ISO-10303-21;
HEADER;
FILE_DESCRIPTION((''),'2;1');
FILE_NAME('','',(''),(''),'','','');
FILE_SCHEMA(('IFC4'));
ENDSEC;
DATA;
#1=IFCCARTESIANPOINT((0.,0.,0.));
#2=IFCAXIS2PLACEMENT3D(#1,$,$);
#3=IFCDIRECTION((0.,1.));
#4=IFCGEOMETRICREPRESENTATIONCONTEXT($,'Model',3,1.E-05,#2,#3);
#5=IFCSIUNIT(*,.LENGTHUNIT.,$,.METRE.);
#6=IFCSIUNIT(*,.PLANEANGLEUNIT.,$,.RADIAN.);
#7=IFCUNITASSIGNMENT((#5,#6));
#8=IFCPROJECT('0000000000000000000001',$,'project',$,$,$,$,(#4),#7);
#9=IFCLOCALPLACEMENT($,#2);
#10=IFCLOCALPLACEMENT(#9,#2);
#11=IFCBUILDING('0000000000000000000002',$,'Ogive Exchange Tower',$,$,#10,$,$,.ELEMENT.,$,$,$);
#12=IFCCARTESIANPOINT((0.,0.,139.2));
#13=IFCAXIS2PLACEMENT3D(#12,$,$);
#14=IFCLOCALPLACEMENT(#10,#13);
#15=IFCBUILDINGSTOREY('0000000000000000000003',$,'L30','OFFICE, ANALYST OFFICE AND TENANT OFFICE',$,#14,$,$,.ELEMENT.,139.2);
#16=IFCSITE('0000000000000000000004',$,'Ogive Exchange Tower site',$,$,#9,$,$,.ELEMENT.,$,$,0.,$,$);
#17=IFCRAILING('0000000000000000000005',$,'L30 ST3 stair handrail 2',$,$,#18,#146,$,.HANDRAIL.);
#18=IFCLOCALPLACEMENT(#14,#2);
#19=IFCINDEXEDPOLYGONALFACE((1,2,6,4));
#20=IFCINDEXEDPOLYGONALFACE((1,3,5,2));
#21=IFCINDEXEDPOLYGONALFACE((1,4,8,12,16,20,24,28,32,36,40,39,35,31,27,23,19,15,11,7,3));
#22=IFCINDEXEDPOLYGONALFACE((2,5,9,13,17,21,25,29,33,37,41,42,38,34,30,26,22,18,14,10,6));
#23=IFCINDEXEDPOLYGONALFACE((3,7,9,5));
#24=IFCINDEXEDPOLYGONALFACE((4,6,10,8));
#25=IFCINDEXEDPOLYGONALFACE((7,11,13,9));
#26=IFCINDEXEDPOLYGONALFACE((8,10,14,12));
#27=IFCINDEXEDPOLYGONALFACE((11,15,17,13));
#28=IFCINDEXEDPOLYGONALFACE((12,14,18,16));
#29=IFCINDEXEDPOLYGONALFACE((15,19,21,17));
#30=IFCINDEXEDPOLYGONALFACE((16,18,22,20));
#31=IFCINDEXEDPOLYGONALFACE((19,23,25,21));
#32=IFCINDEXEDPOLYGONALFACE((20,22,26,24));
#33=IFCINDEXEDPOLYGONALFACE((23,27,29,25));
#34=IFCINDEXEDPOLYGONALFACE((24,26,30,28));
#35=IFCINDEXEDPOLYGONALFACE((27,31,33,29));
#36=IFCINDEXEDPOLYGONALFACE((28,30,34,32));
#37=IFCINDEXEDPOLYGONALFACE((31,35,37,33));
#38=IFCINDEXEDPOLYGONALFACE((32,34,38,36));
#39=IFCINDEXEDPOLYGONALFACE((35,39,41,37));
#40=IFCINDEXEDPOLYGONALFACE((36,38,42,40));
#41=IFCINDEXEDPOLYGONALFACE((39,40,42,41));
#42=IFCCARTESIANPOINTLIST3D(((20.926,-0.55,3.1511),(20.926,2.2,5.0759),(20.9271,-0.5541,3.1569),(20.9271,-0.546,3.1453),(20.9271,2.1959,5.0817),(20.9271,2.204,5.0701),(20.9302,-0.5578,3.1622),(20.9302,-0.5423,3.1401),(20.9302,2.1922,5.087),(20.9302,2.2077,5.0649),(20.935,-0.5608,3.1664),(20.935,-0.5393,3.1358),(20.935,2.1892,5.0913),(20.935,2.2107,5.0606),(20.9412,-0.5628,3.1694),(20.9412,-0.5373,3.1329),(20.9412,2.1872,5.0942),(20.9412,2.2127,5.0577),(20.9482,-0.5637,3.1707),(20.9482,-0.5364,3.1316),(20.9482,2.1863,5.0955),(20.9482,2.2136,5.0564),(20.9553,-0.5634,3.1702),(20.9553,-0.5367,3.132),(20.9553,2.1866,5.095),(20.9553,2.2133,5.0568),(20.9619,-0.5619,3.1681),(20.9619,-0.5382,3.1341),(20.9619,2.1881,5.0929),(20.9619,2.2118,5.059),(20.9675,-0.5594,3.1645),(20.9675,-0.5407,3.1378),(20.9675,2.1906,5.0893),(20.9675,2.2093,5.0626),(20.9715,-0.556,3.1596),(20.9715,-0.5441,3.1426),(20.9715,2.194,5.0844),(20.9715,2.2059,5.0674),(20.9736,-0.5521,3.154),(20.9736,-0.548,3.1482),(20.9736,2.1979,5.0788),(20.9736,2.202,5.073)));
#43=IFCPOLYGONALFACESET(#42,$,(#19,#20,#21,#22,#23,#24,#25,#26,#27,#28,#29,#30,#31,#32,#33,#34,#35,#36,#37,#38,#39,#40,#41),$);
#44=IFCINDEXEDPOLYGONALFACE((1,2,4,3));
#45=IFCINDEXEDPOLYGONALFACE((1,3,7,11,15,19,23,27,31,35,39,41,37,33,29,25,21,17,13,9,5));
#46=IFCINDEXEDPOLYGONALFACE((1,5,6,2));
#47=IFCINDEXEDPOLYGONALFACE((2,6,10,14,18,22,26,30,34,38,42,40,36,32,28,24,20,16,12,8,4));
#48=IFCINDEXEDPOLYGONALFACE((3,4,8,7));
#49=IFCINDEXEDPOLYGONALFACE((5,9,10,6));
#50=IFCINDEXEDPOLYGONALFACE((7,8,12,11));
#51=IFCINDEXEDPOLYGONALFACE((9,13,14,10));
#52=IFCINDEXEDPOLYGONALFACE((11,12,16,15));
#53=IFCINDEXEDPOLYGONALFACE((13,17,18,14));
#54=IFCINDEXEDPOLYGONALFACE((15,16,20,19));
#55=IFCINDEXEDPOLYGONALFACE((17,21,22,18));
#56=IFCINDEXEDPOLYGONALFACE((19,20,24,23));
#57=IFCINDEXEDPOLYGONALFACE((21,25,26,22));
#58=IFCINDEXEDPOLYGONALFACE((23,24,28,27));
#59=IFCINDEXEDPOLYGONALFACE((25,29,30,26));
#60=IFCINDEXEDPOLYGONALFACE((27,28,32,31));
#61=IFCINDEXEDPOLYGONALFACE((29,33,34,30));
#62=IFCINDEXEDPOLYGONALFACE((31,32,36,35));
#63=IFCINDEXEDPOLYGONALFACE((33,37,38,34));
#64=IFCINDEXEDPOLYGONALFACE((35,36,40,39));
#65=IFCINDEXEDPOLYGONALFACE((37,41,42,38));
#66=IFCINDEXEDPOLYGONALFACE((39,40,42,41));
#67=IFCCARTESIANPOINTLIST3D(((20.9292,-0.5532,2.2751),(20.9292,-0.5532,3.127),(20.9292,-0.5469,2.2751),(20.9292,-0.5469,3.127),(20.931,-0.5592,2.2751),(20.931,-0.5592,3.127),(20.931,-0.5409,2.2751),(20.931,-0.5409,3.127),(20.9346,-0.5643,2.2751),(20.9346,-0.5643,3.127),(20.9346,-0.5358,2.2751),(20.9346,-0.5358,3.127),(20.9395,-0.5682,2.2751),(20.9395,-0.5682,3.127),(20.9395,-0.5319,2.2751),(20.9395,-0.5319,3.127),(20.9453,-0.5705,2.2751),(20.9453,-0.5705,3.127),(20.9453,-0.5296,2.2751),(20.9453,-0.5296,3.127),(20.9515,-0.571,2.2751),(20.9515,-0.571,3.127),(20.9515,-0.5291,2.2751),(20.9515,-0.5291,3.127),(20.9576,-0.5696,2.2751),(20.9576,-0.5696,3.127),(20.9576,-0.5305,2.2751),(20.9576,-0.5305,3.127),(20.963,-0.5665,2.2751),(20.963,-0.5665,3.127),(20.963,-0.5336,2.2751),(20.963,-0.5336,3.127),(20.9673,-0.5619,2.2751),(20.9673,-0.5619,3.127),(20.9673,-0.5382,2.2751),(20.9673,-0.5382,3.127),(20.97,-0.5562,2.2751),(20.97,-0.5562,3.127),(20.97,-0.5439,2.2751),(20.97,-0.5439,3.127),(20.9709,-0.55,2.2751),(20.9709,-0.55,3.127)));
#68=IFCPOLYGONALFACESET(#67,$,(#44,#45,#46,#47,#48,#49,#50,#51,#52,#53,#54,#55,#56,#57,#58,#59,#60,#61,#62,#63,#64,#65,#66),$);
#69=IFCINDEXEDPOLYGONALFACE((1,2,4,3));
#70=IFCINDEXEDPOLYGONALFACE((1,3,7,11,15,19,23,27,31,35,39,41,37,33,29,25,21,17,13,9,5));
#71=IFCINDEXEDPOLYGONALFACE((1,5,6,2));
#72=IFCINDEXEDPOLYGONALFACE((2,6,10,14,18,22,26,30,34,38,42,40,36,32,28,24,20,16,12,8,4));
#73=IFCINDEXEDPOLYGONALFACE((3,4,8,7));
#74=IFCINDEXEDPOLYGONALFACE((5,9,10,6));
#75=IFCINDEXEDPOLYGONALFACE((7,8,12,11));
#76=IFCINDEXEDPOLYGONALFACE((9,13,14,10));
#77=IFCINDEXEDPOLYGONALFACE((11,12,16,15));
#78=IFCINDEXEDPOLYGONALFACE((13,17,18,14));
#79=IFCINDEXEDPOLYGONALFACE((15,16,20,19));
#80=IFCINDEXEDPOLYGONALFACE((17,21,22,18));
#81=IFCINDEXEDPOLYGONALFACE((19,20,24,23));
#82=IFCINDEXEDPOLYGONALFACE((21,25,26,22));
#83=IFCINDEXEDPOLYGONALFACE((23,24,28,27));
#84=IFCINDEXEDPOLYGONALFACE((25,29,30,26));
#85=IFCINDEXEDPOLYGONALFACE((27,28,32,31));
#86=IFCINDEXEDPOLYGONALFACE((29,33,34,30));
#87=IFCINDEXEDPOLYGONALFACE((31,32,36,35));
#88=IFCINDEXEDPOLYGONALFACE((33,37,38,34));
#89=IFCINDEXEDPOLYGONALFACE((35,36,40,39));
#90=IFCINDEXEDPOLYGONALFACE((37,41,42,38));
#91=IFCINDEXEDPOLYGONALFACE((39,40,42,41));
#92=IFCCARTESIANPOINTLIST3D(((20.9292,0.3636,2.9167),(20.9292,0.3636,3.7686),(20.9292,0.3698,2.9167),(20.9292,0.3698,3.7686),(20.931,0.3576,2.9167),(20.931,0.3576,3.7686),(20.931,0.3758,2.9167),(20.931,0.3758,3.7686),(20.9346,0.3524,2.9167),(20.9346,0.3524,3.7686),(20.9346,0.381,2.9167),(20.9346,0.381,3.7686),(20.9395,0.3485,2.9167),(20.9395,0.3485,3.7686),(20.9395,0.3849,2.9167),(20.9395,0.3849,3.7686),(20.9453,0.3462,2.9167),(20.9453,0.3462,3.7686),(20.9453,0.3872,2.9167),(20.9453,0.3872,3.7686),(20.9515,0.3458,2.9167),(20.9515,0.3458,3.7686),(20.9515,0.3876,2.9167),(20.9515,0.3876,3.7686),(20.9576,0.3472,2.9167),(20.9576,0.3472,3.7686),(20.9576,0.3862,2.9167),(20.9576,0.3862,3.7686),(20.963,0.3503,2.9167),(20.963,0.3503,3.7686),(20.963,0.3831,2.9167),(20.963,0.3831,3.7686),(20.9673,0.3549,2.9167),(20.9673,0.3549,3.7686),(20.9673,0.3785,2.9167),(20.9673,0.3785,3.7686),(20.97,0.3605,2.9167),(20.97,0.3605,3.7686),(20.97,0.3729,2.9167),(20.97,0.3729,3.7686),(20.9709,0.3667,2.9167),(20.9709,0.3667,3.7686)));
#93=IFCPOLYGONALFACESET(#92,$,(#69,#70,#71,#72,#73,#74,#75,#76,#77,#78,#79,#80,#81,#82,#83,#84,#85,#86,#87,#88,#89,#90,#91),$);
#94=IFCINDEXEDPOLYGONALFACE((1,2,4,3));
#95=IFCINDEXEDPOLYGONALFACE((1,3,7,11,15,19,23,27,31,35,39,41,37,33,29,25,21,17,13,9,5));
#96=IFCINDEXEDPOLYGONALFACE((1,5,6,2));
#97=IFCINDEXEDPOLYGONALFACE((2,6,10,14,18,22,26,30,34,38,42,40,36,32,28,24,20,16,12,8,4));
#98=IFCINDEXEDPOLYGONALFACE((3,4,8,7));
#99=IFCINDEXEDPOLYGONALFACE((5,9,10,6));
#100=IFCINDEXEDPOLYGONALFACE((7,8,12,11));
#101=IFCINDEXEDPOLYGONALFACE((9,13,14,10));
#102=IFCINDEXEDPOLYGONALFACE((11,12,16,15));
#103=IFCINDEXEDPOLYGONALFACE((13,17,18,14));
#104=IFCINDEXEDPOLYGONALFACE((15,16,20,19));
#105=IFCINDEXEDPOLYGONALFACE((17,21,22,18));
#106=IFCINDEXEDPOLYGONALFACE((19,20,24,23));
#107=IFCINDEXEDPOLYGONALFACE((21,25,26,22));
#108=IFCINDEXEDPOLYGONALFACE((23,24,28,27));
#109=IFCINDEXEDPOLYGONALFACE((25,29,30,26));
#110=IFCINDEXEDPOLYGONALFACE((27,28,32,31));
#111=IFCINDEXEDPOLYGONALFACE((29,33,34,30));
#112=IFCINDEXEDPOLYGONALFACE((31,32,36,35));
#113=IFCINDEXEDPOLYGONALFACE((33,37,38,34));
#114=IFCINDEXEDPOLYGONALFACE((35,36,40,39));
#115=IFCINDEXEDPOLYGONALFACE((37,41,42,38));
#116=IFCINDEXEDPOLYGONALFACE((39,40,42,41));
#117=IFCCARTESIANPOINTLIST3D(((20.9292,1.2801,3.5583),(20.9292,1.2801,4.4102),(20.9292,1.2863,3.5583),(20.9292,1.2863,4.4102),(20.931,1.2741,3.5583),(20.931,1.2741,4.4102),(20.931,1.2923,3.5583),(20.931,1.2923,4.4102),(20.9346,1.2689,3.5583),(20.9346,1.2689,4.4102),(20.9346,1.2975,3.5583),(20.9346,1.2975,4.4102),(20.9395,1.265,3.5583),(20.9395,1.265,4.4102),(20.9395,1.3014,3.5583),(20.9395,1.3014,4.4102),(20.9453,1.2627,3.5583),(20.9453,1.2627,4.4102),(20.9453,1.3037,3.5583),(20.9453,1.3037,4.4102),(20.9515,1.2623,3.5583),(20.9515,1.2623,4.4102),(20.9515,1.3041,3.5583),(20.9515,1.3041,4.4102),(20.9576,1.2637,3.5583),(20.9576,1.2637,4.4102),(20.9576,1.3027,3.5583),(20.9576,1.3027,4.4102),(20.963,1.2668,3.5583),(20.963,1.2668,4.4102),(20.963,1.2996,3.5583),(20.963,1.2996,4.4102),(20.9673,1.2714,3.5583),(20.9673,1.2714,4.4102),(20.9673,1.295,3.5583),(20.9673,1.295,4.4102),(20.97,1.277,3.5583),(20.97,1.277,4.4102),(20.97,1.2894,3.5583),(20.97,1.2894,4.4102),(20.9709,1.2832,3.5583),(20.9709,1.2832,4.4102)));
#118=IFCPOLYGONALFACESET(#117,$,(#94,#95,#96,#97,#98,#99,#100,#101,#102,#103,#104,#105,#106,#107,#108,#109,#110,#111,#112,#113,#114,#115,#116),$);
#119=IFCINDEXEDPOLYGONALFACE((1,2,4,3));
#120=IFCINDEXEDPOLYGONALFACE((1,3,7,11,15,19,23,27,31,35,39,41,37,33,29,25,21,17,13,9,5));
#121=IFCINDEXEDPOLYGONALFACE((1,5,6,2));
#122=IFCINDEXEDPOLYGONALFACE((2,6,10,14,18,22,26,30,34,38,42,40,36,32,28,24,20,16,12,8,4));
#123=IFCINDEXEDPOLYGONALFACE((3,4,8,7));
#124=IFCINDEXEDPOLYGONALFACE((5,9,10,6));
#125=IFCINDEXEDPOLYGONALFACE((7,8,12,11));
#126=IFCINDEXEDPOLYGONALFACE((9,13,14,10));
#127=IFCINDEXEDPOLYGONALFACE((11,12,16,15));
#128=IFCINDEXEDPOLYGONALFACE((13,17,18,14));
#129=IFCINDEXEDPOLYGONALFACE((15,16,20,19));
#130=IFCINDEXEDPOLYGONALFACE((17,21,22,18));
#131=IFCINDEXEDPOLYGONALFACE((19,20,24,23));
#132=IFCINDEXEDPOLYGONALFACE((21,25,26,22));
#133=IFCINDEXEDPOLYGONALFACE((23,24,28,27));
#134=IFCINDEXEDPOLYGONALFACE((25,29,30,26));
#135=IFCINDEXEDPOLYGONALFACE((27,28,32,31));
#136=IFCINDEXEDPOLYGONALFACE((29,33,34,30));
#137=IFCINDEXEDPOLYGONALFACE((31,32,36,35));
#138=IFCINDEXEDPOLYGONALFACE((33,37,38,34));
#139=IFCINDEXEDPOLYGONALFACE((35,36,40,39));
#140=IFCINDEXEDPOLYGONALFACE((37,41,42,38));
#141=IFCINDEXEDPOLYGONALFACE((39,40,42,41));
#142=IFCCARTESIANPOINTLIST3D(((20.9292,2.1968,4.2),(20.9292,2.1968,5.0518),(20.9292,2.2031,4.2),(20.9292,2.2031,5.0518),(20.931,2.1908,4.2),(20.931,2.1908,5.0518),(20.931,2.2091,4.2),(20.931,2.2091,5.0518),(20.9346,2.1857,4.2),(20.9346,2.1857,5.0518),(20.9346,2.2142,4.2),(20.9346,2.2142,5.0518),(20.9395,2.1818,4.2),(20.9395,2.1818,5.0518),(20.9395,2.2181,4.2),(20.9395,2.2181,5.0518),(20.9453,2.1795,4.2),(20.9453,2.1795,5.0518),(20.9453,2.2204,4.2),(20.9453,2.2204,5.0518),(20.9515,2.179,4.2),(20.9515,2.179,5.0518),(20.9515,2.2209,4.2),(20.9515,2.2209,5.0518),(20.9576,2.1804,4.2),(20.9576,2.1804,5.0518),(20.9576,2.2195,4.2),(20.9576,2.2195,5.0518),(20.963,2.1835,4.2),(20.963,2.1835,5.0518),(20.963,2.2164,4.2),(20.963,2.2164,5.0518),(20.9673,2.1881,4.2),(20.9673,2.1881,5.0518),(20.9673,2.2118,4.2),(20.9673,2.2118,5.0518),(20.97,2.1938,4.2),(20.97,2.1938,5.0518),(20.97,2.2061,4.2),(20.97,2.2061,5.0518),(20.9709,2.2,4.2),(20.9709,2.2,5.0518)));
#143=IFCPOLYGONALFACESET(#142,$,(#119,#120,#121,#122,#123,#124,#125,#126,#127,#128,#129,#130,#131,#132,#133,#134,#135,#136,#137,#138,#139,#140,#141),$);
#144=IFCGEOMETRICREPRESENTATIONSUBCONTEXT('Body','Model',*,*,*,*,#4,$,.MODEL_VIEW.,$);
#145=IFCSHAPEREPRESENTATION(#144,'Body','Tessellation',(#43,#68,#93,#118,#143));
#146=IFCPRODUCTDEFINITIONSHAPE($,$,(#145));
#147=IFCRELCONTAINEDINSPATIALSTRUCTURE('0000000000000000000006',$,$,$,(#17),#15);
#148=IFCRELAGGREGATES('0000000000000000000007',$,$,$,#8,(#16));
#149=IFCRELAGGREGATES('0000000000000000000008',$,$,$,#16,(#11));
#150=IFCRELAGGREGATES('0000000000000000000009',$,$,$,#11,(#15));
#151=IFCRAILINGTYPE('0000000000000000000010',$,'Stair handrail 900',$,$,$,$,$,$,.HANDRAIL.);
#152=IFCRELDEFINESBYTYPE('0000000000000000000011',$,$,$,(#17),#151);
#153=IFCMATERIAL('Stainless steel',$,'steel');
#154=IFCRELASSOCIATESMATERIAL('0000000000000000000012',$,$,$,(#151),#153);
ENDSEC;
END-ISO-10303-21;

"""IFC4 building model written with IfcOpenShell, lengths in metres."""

from ifc_helpers import new_model, si_unit, direction, frame, origin, origin_2d, place, context, subcontext, project, spatial, circle, extrude, material, type_object, element, save


model = new_model("IFC4")

# Units and contexts
model_context = context("Model", 3, precision=1e-05, world=origin(), true_north=direction((0.0, 1.0)))
body_context = subcontext(model_context, "Body", "Model", "MODEL_VIEW")
ifc_project = project(units=[si_unit("LENGTHUNIT", "METRE"), si_unit("PLANEANGLEUNIT", "RADIAN")], contexts=[model_context])

# Site, building, storey
site_placement = place(None, origin())
site = spatial("IfcSite", under=ifc_project, at=site_placement, Name="Ogive Exchange Tower site", CompositionType="ELEMENT", RefElevation=0.0)
building_placement = place(site_placement, origin())
building = spatial("IfcBuilding", under=site, at=building_placement, Name="Ogive Exchange Tower", CompositionType="ELEMENT")
storey_placement = place(building_placement, frame((0.0, 0.0, 139.2)))
storey = spatial("IfcBuildingStorey", under=building, at=storey_placement, Name="L30", Description="OFFICE, ANALYST OFFICE AND TENANT OFFICE", CompositionType="ELEMENT", Elevation=139.2)

# Shared definitions
ifc_material_1 = material(Name="Stainless steel", Category="steel")

# Railing
railing_type = type_object("IfcRailingType", Name="Stair handrail 900", PredefinedType="HANDRAIL", material=ifc_material_1)
railing_1_placement = place(storey_placement, frame((20.95, -0.55, 2.2751)))
element("IfcRailing", 1, at=railing_1_placement, inside=storey, type_object=railing_type, Name="L30 ST3 stair handrail 2", PredefinedType="HANDRAIL", context=body_context, shape_type="SweptSolid", body=[
    extrude(circle(Radius=0.0239, at=origin_2d()), frame((0.0, 0.0, 0.876), z_axis=(0.0, 0.819259, 0.573423), x_axis=(-1.0, 0.0, 0.0)), (0.0, 0.0, 1.0), 3.3567),
    extrude(circle(Radius=0.021, at=origin_2d()), origin(), (0.0, 0.0, 1.0), 0.8518),
    extrude(circle(Radius=0.021, at=origin_2d()), frame((0.0, 0.9167, 0.6416)), (0.0, 0.0, 1.0), 0.8518),
    extrude(circle(Radius=0.021, at=origin_2d()), frame((0.0, 1.8333, 1.2832)), (0.0, 0.0, 1.0), 0.8518),
    extrude(circle(Radius=0.021, at=origin_2d()), frame((0.0, 2.75, 1.9248)), (0.0, 0.0, 1.0), 0.8518),
])

save(model, "model.ifc")
